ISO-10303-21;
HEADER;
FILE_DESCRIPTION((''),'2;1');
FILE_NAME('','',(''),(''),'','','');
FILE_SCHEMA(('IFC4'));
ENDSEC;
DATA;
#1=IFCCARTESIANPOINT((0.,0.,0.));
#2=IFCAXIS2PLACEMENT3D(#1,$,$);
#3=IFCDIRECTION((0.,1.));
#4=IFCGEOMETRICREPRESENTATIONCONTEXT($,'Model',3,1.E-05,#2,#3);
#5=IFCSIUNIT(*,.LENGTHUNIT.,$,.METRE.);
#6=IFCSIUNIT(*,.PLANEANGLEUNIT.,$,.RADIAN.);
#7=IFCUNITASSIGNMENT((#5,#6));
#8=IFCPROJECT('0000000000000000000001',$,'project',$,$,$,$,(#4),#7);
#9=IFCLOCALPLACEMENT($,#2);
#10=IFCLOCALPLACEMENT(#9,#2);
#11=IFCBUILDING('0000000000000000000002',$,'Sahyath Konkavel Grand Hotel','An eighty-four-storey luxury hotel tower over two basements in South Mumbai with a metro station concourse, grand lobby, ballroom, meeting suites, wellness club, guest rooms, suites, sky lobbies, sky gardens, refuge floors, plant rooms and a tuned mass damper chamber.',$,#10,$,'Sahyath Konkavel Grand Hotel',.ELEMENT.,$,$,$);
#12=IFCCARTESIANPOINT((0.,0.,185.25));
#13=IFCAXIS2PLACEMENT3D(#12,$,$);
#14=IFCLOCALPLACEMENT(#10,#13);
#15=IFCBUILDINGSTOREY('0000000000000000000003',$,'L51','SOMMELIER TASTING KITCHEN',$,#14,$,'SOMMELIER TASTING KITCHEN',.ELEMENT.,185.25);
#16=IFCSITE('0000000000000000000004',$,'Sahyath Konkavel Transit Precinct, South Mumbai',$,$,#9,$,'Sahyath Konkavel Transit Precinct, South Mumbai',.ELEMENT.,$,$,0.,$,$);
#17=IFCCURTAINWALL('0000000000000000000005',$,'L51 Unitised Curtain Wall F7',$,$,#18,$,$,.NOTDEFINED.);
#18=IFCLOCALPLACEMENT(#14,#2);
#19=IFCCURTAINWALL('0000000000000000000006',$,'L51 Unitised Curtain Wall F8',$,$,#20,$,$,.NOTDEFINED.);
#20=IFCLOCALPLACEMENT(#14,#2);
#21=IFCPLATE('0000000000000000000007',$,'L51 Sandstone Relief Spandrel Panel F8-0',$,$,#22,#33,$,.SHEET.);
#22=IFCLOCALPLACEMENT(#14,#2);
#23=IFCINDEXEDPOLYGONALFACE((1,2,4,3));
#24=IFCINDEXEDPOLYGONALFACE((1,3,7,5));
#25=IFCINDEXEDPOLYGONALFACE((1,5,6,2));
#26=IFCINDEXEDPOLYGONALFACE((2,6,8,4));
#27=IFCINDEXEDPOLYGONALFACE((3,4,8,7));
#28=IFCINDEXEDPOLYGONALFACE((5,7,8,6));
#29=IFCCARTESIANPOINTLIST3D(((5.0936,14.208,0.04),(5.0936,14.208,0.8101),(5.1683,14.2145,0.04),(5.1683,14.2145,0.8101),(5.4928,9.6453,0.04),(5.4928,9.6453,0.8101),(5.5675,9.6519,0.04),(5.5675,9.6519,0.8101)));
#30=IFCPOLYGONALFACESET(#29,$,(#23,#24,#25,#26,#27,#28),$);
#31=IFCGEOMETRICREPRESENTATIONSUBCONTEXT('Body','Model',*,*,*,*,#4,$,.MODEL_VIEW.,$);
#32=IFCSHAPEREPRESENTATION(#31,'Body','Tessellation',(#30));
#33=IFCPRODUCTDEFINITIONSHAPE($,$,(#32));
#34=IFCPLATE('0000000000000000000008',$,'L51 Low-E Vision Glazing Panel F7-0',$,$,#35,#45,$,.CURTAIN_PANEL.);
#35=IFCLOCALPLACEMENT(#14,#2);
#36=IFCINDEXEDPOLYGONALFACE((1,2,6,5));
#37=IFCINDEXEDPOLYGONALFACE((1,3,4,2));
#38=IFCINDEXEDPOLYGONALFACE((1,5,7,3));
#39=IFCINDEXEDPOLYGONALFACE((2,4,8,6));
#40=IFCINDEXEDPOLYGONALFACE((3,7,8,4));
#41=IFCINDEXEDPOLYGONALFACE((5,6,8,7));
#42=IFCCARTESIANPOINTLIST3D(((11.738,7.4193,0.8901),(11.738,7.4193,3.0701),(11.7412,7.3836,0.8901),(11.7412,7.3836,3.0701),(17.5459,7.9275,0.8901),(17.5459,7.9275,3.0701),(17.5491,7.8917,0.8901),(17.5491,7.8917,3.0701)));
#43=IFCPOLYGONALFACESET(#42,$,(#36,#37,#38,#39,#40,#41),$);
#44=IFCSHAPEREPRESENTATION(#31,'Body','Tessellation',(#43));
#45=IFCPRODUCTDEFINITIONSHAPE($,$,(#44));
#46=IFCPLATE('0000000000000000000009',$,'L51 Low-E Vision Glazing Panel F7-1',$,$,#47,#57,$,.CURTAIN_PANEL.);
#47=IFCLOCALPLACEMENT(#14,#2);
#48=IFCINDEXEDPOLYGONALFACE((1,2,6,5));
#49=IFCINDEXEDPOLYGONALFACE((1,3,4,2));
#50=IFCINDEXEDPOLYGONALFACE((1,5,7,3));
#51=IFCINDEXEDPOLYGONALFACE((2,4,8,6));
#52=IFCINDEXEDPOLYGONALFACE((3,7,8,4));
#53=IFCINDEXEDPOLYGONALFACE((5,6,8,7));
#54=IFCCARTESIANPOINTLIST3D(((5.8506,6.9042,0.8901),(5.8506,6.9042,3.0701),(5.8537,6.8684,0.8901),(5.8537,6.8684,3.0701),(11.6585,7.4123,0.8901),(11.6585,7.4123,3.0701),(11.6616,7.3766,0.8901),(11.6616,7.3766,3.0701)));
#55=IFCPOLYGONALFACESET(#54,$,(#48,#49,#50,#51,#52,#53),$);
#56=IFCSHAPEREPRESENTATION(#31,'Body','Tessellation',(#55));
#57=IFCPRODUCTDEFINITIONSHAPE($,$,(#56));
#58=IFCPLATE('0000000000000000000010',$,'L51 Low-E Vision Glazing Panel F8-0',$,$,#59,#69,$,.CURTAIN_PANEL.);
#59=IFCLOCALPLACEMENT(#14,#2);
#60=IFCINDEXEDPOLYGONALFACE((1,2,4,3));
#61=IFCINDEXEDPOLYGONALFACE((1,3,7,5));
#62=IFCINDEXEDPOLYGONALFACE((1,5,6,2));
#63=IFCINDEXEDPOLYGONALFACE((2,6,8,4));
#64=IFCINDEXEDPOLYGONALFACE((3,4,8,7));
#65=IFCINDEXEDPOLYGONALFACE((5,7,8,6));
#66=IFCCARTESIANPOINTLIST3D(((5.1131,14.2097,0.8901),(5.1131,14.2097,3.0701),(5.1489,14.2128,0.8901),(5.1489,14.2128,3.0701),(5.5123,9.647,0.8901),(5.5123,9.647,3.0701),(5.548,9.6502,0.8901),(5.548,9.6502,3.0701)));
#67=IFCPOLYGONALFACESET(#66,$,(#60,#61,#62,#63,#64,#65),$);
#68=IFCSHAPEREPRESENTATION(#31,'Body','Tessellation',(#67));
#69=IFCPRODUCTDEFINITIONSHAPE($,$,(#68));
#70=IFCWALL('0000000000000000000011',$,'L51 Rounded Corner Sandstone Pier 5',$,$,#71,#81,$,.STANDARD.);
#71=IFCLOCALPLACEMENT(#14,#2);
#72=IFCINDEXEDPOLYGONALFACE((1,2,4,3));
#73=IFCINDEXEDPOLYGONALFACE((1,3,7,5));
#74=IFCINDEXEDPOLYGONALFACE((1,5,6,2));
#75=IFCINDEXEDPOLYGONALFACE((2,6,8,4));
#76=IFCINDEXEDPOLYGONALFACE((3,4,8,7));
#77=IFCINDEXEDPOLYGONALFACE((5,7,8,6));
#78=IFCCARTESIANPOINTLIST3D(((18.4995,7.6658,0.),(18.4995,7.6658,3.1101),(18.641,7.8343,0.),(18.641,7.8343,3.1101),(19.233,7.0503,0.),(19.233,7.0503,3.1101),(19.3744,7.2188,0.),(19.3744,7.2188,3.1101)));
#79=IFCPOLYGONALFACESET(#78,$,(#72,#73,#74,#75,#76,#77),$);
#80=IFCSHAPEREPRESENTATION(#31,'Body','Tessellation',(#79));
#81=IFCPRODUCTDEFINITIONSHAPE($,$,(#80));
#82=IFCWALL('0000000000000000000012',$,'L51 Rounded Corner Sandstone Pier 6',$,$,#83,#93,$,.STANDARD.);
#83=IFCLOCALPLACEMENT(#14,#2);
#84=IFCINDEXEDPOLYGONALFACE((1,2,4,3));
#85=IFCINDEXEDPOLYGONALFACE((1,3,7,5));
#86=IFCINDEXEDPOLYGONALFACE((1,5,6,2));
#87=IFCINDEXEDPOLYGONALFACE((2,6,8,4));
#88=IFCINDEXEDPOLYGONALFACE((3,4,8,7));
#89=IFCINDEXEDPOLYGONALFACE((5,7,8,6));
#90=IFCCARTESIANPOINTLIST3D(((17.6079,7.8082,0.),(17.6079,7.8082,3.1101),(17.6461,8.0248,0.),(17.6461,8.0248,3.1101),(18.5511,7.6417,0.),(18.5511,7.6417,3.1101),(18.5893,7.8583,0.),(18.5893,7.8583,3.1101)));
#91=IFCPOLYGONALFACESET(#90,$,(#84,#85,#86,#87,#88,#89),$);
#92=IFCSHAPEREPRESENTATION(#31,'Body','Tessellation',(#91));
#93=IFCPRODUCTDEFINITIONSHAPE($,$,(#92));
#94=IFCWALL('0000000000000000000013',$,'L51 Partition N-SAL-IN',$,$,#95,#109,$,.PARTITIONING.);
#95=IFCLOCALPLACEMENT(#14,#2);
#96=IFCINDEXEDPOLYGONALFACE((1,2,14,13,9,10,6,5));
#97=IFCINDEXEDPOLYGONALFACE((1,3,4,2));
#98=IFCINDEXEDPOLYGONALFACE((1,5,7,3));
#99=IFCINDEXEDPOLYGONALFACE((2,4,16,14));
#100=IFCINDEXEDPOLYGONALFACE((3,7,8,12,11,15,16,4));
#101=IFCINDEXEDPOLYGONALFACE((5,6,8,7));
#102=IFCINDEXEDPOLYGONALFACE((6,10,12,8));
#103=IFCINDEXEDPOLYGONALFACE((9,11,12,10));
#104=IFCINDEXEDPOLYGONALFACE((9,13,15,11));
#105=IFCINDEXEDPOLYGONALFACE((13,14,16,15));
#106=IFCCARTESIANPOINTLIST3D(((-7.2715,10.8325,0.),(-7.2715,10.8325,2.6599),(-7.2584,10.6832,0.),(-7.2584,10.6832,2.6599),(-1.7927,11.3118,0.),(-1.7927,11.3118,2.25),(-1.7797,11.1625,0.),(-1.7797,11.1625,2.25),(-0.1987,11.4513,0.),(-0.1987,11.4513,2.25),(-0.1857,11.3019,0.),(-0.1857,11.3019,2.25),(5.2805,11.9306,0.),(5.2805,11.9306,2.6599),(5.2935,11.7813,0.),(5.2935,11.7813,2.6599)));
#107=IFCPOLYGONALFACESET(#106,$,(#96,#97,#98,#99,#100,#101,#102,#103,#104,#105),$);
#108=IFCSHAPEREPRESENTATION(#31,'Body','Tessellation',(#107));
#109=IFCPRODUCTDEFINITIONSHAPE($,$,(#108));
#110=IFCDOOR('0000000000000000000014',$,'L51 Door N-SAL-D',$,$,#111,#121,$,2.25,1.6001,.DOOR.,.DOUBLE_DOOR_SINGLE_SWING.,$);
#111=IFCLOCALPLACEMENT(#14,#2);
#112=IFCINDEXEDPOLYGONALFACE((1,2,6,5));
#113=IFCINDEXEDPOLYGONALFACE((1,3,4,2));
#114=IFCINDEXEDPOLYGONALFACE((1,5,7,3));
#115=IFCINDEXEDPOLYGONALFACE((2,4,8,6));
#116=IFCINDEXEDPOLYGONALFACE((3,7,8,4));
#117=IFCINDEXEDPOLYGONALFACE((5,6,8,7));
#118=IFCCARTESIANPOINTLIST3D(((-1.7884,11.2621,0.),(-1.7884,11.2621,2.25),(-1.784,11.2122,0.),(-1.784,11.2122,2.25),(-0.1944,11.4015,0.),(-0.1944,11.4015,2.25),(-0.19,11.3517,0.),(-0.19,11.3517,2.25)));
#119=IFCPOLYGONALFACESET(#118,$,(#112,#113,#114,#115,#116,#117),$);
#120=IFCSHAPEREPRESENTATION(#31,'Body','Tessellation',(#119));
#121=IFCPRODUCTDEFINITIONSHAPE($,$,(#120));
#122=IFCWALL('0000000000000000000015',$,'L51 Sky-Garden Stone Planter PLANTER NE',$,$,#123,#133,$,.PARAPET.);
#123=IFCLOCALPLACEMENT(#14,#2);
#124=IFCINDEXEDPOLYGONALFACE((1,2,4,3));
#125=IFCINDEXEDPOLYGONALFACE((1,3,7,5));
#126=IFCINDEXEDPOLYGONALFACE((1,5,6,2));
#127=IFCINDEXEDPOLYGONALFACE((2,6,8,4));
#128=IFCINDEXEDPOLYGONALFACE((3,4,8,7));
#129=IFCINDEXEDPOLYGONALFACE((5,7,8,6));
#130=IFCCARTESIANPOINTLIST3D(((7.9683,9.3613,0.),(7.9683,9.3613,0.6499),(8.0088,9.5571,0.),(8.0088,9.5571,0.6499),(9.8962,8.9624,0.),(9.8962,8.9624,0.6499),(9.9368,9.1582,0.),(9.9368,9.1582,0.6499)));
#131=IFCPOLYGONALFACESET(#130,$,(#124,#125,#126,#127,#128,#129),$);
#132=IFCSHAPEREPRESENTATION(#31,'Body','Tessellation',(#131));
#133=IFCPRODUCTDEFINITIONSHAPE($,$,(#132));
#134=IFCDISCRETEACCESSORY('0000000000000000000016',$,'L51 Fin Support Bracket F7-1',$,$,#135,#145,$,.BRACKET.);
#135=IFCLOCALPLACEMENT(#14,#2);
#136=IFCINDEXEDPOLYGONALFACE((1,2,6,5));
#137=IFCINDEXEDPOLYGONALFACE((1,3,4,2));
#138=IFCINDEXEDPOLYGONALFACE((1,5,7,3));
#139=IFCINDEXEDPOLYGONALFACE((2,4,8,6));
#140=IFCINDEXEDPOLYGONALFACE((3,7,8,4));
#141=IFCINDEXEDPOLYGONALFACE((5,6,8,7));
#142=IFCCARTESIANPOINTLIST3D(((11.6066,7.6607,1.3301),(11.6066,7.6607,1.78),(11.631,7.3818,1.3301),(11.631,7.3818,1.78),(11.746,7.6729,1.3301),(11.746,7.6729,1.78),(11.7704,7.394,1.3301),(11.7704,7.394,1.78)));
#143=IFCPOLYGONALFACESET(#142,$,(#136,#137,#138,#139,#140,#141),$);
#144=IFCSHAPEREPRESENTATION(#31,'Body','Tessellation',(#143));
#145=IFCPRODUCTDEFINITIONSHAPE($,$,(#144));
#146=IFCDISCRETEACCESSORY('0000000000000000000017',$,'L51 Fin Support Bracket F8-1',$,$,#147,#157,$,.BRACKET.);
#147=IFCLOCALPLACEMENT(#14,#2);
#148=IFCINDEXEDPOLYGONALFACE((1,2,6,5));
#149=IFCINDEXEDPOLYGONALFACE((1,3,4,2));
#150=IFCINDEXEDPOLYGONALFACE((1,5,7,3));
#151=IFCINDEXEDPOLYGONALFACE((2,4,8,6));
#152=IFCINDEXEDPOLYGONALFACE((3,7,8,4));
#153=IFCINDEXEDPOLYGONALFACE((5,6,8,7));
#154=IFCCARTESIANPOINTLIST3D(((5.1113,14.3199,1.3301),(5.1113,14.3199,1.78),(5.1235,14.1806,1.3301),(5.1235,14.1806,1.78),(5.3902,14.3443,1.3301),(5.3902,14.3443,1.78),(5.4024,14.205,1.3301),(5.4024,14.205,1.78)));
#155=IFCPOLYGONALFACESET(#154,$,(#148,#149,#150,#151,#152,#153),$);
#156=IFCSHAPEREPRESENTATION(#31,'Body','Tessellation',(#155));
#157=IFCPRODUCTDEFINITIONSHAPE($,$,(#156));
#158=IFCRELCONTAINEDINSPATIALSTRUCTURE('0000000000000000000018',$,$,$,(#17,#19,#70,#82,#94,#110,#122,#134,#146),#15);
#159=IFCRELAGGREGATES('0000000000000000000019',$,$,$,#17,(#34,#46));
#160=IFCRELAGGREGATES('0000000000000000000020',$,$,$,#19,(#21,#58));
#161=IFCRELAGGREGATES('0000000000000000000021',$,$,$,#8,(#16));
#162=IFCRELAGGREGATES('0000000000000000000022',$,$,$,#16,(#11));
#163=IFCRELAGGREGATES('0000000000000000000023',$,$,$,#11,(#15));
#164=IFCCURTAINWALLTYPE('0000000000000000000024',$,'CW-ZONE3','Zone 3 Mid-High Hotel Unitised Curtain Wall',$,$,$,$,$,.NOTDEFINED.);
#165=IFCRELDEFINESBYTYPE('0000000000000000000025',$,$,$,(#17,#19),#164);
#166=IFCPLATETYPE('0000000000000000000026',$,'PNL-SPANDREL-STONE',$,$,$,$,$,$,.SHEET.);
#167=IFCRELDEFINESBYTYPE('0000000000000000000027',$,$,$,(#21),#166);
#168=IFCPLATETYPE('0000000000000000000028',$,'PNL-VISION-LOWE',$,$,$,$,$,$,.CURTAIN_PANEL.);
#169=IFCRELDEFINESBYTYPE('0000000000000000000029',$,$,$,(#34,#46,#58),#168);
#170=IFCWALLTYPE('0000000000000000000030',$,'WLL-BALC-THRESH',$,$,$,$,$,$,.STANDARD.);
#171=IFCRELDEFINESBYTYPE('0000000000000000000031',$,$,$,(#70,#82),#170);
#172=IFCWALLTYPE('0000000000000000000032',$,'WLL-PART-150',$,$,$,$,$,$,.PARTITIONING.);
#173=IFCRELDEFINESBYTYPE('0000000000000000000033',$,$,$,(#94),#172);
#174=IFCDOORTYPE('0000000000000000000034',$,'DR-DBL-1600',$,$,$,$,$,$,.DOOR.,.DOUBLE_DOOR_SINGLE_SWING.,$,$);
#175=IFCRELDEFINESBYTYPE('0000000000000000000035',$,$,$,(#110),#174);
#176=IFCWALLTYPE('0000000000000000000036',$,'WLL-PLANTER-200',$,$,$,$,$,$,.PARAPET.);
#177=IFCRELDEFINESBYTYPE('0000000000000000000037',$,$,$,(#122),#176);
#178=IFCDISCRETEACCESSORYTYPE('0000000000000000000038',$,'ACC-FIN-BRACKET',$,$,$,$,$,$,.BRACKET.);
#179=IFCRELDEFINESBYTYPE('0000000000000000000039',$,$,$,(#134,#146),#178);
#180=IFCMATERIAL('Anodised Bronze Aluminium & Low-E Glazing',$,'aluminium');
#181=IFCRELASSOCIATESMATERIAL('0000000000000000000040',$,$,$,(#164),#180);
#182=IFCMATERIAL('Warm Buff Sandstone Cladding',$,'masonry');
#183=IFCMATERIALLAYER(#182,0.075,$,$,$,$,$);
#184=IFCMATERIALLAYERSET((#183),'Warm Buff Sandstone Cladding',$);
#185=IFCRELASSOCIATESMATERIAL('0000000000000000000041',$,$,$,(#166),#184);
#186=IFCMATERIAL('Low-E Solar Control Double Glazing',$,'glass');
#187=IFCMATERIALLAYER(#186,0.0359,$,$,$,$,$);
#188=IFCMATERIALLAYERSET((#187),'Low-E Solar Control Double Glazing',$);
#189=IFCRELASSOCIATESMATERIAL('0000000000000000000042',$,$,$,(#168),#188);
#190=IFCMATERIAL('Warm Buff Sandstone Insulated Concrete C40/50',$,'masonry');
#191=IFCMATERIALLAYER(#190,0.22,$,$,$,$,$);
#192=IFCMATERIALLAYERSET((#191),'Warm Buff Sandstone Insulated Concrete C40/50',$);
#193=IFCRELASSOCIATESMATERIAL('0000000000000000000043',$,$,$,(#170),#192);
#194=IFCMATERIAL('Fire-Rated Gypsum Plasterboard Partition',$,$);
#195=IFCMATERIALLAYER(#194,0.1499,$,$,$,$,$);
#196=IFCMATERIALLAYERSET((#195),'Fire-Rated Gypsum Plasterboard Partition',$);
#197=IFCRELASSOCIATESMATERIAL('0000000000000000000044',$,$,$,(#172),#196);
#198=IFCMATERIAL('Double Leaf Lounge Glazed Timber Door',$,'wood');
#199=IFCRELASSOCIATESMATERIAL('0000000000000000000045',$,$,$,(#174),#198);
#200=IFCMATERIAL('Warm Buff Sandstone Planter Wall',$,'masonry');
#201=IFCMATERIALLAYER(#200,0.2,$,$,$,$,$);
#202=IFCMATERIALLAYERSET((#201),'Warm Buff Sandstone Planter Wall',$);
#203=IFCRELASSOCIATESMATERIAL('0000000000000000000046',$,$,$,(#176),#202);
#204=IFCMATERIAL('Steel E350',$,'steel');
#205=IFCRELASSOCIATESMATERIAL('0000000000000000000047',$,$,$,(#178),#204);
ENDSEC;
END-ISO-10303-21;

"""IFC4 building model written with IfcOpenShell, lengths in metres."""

from ifc_helpers import new_model, si_unit, direction, frame, frame_2d, origin, origin_2d, place, context, subcontext, project, spatial, rectangle, extrude, source, transform, mapped, material, layer, layer_set, type_object, element, fill, aggregate, save


model = new_model("IFC4")

# Units and contexts
model_context = context("Model", 3, precision=1e-05, world=origin(), true_north=direction((0.0, 1.0)))
body_context = subcontext(model_context, "Body", "Model", "MODEL_VIEW")
ifc_project = project(units=[si_unit("LENGTHUNIT", "METRE"), si_unit("PLANEANGLEUNIT", "RADIAN")], contexts=[model_context])

# Site, building, storey
site_placement = place(None, origin())
site = spatial("IfcSite", under=ifc_project, at=site_placement, Name="Sahyath Konkavel Transit Precinct, South Mumbai", LongName="Sahyath Konkavel Transit Precinct, South Mumbai", CompositionType="ELEMENT", RefElevation=0.0)
building_placement = place(site_placement, origin())
building = spatial("IfcBuilding", under=site, at=building_placement, Name="Sahyath Konkavel Grand Hotel", Description="An eighty-four-storey luxury hotel tower over two basements in South Mumbai with a metro station concourse, grand lobby, ballroom, meeting suites, wellness club, guest rooms, suites, sky lobbies, sky gardens, refuge floors, plant rooms and a tuned mass damper chamber.", LongName="Sahyath Konkavel Grand Hotel", CompositionType="ELEMENT")
storey_placement = place(building_placement, frame((0.0, 0.0, 185.25)))
storey = spatial("IfcBuildingStorey", under=building, at=storey_placement, Name="L51", Description="SOMMELIER TASTING KITCHEN", LongName="SOMMELIER TASTING KITCHEN", CompositionType="ELEMENT", Elevation=185.25)

# Curtain walls
ifc_material_1 = material(Name="Anodised Bronze Aluminium & Low-E Glazing", Category="aluminium")
curtain_wall_type = type_object("IfcCurtainWallType", Name="CW-ZONE3", Description="Zone 3 Mid-High Hotel Unitised Curtain Wall", PredefinedType="NOTDEFINED", material=ifc_material_1)
curtain_wall_1_placement = place(storey_placement, origin())
curtain_wall_1 = element("IfcCurtainWall", 1, at=curtain_wall_1_placement, inside=storey, type_object=curtain_wall_type, Name="L51 Unitised Curtain Wall F7", PredefinedType="NOTDEFINED")
curtain_wall_2_placement = place(storey_placement, origin())
curtain_wall_2 = element("IfcCurtainWall", 2, at=curtain_wall_2_placement, inside=storey, type_object=curtain_wall_type, Name="L51 Unitised Curtain Wall F8", PredefinedType="NOTDEFINED")

# Plates
ifc_material_2 = material(Name="Warm Buff Sandstone Cladding", Category="masonry")
ifc_layer_1 = layer(ifc_material_2, 0.075)
ifc_layer_set_1 = layer_set([ifc_layer_1], Name="Warm Buff Sandstone Cladding")
plate_type_1 = type_object("IfcPlateType", Name="PNL-SPANDREL-STONE", PredefinedType="SHEET", material=ifc_layer_set_1)
shared_shape_1 = source(origin(), body_context, "Body", "SweptSolid", [
    extrude(rectangle(XDim=4.5801, YDim=0.075, at=origin_2d()), origin(), (0.0, 0.0, 1.0), 0.77),
])
plate_1_placement = place(storey_placement, frame((5.3306, 11.9299, 0.04), z_axis=(0.0, 0.0, 1.0), x_axis=(-0.087156, 0.996195, 0.0)))
plate_1 = element("IfcPlate", 3, at=plate_1_placement, type_object=plate_type_1, Name="L51 Sandstone Relief Spandrel Panel F8-0", PredefinedType="SHEET", context=body_context, shape_type="MappedRepresentation", body=[
    mapped(shared_shape_1, transform((0.0, 0.0, 0.0), scale=1.0)),
])
ifc_material_3 = material(Name="Low-E Solar Control Double Glazing", Category="glass")
ifc_layer_2 = layer(ifc_material_3, 0.0359)
ifc_layer_set_2 = layer_set([ifc_layer_2], Name="Low-E Solar Control Double Glazing")
plate_type_2 = type_object("IfcPlateType", Name="PNL-VISION-LOWE", PredefinedType="CURTAIN_PANEL", material=ifc_layer_set_2)
shared_shape_2 = source(origin(), body_context, "Body", "SweptSolid", [
    extrude(rectangle(XDim=5.8301, YDim=0.0359, at=origin_2d()), origin(), (0.0, 0.0, 1.0), 2.1799),
])
plate_2_placement = place(storey_placement, frame((14.6436, 7.6555, 0.8901), z_axis=(0.0, 0.0, 1.0), x_axis=(-0.996195, -0.087156, 0.0)))
plate_2 = element("IfcPlate", 4, at=plate_2_placement, type_object=plate_type_2, Name="L51 Low-E Vision Glazing Panel F7-0", PredefinedType="CURTAIN_PANEL", context=body_context, shape_type="MappedRepresentation", body=[
    mapped(shared_shape_2, transform((0.0, 0.0, 0.0), scale=1.0)),
])
plate_3_placement = place(storey_placement, frame((8.7561, 7.1404, 0.8901), z_axis=(0.0, 0.0, 1.0), x_axis=(-0.996195, -0.087156, 0.0)))
plate_3 = element("IfcPlate", 5, at=plate_3_placement, type_object=plate_type_2, Name="L51 Low-E Vision Glazing Panel F7-1", PredefinedType="CURTAIN_PANEL", context=body_context, shape_type="MappedRepresentation", body=[
    mapped(shared_shape_2, transform((0.0, 0.0, 0.0), scale=1.0)),
])
aggregate(curtain_wall_1, [plate_2, plate_3])
shared_shape_3 = source(origin(), body_context, "Body", "SweptSolid", [
    extrude(rectangle(XDim=4.5801, YDim=0.0359, at=origin_2d()), origin(), (0.0, 0.0, 1.0), 2.1799),
])
plate_4_placement = place(storey_placement, frame((5.3306, 11.9299, 0.8901), z_axis=(0.0, 0.0, 1.0), x_axis=(-0.087156, 0.996195, 0.0)))
plate_4 = element("IfcPlate", 6, at=plate_4_placement, type_object=plate_type_2, Name="L51 Low-E Vision Glazing Panel F8-0", PredefinedType="CURTAIN_PANEL", context=body_context, shape_type="MappedRepresentation", body=[
    mapped(shared_shape_3, transform((0.0, 0.0, 0.0), scale=1.0)),
])
aggregate(curtain_wall_2, [plate_1, plate_4])

# Walls
ifc_material_4 = material(Name="Warm Buff Sandstone Insulated Concrete C40/50", Category="masonry")
ifc_layer_3 = layer(ifc_material_4, 0.22)
ifc_layer_set_3 = layer_set([ifc_layer_3], Name="Warm Buff Sandstone Insulated Concrete C40/50")
wall_type_1 = type_object("IfcWallType", Name="WLL-BALC-THRESH", PredefinedType="STANDARD", material=ifc_layer_set_3)
wall_1_placement = place(storey_placement, frame((19.3037, 7.1345, 0.0), z_axis=(0.0, 0.0, 1.0), x_axis=(-0.766001, 0.642839, 0.0)))
element("IfcWall", 7, at=wall_1_placement, inside=storey, type_object=wall_type_1, Name="L51 Rounded Corner Sandstone Pier 5", PredefinedType="STANDARD", context=body_context, shape_type="SweptSolid", body=[
    extrude(rectangle(XDim=0.9575, YDim=0.22, at=frame_2d((0.4788, 0.0))), origin(), (0.0, 0.0, 1.0), 3.1101),
])
wall_2_placement = place(storey_placement, frame((18.5703, 7.75, 0.0), z_axis=(0.0, 0.0, 1.0), x_axis=(-0.984771, 0.173858, 0.0)))
element("IfcWall", 8, at=wall_2_placement, inside=storey, type_object=wall_type_1, Name="L51 Rounded Corner Sandstone Pier 6", PredefinedType="STANDARD", context=body_context, shape_type="SweptSolid", body=[
    extrude(rectangle(XDim=0.9578, YDim=0.22, at=frame_2d((0.479, 0.0))), origin(), (0.0, 0.0, 1.0), 3.1101),
])

# Wall, opening, door
ifc_material_5 = material(Name="Fire-Rated Gypsum Plasterboard Partition")
ifc_layer_4 = layer(ifc_material_5, 0.1499)
ifc_layer_set_4 = layer_set([ifc_layer_4], Name="Fire-Rated Gypsum Plasterboard Partition")
wall_type_2 = type_object("IfcWallType", Name="WLL-PART-150", PredefinedType="PARTITIONING", material=ifc_layer_set_4)
wall_3_placement = place(storey_placement, frame((5.2869, 11.856, 0.0), z_axis=(0.0, 0.0, 1.0), x_axis=(-0.996195, -0.087155, 0.0)))
wall_3 = element("IfcWall", 9, at=wall_3_placement, inside=storey, type_object=wall_type_2, Name="L51 Partition N-SAL-IN", PredefinedType="PARTITIONING", context=body_context, shape_type="SweptSolid", body=[
    extrude(rectangle(XDim=12.5999, YDim=0.1499, at=frame_2d((6.2998, 0.0))), origin(), (0.0, 0.0, 1.0), 2.6599),
])
opening_placement = place(wall_3_placement, frame((5.5, 0.0, 0.0)))
opening = element("IfcOpeningElement", 10, at=opening_placement, cuts=wall_3, PredefinedType="OPENING", context=body_context, shape_type="SweptSolid", body=[
    extrude(rectangle(XDim=1.6001, YDim=2.25, at=frame_2d((0.8, 1.125))), frame((0.0, 0.085, 0.0), z_axis=(0.0, -1.0, 0.0), x_axis=(1.0, 0.0, 0.0)), (0.0, 0.0, 1.0), 0.1699),
])
ifc_material_6 = material(Name="Double Leaf Lounge Glazed Timber Door", Category="wood")
door_type = type_object("IfcDoorType", Name="DR-DBL-1600", OperationType="DOUBLE_DOOR_SINGLE_SWING", PredefinedType="DOOR", material=ifc_material_6)
shared_shape_4 = source(origin(), body_context, "Body", "SweptSolid", [
    extrude(rectangle(XDim=1.6001, YDim=0.05, at=origin_2d()), origin(), (0.0, 0.0, 1.0), 2.25),
])
door_placement = place(opening_placement, frame((0.8, 0.0, 0.0)))
door = element("IfcDoor", 11, at=door_placement, inside=storey, type_object=door_type, Name="L51 Door N-SAL-D", OperationType="DOUBLE_DOOR_SINGLE_SWING", OverallHeight=2.25, OverallWidth=1.6001, PredefinedType="DOOR", context=body_context, shape_type="MappedRepresentation", body=[
    mapped(shared_shape_4, transform((0.0, 0.0, 0.0), scale=1.0)),
])
fill(opening, door)

# Wall
ifc_material_7 = material(Name="Warm Buff Sandstone Planter Wall", Category="masonry")
ifc_layer_5 = layer(ifc_material_7, 0.2)
ifc_layer_set_5 = layer_set([ifc_layer_5], Name="Warm Buff Sandstone Planter Wall")
wall_type_3 = type_object("IfcWallType", Name="WLL-PLANTER-200", PredefinedType="PARAPET", material=ifc_layer_set_5)
wall_4_placement = place(storey_placement, frame((9.9165, 9.0603, 0.0), z_axis=(0.0, 0.0, 1.0), x_axis=(-0.979257, 0.202622, 0.0)))
element("IfcWall", 12, at=wall_4_placement, inside=storey, type_object=wall_type_3, Name="L51 Sky-Garden Stone Planter PLANTER NE", PredefinedType="PARAPET", context=body_context, shape_type="SweptSolid", body=[
    extrude(rectangle(XDim=1.9688, YDim=0.2, at=frame_2d((0.9844, 0.0))), origin(), (0.0, 0.0, 1.0), 0.6499),
])

# Discrete accessories
ifc_material_8 = material(Name="Steel E350", Category="steel")
discrete_accessory_type = type_object("IfcDiscreteAccessoryType", Name="ACC-FIN-BRACKET", PredefinedType="BRACKET", material=ifc_material_8)
shared_shape_5 = source(origin(), body_context, "Body", "SweptSolid", [
    extrude(rectangle(XDim=0.28, YDim=0.1399, at=origin_2d()), origin(), (0.0, 0.0, 1.0), 0.45),
])
for number, where, z_axis, x_axis, name in (
    (13, (11.6885, 7.5273, 1.3301), (0.0, 0.0, 1.0), (-0.087156, 0.996195, 0.0), "L51 Fin Support Bracket F7-1"),
    (14, (5.2568, 14.2625, 1.3301), (0.0, 0.0, 1.0), (0.996195, 0.087156, 0.0), "L51 Fin Support Bracket F8-1"),
):
    element("IfcDiscreteAccessory", number, at=place(storey_placement, frame(where, z_axis=z_axis, x_axis=x_axis)), inside=storey, type_object=discrete_accessory_type, Name=name, PredefinedType="BRACKET", context=body_context, shape_type="MappedRepresentation", body=[
        mapped(shared_shape_5, transform((0.0, 0.0, 0.0), scale=1.0)),
    ])

save(model, "model.ifc")
